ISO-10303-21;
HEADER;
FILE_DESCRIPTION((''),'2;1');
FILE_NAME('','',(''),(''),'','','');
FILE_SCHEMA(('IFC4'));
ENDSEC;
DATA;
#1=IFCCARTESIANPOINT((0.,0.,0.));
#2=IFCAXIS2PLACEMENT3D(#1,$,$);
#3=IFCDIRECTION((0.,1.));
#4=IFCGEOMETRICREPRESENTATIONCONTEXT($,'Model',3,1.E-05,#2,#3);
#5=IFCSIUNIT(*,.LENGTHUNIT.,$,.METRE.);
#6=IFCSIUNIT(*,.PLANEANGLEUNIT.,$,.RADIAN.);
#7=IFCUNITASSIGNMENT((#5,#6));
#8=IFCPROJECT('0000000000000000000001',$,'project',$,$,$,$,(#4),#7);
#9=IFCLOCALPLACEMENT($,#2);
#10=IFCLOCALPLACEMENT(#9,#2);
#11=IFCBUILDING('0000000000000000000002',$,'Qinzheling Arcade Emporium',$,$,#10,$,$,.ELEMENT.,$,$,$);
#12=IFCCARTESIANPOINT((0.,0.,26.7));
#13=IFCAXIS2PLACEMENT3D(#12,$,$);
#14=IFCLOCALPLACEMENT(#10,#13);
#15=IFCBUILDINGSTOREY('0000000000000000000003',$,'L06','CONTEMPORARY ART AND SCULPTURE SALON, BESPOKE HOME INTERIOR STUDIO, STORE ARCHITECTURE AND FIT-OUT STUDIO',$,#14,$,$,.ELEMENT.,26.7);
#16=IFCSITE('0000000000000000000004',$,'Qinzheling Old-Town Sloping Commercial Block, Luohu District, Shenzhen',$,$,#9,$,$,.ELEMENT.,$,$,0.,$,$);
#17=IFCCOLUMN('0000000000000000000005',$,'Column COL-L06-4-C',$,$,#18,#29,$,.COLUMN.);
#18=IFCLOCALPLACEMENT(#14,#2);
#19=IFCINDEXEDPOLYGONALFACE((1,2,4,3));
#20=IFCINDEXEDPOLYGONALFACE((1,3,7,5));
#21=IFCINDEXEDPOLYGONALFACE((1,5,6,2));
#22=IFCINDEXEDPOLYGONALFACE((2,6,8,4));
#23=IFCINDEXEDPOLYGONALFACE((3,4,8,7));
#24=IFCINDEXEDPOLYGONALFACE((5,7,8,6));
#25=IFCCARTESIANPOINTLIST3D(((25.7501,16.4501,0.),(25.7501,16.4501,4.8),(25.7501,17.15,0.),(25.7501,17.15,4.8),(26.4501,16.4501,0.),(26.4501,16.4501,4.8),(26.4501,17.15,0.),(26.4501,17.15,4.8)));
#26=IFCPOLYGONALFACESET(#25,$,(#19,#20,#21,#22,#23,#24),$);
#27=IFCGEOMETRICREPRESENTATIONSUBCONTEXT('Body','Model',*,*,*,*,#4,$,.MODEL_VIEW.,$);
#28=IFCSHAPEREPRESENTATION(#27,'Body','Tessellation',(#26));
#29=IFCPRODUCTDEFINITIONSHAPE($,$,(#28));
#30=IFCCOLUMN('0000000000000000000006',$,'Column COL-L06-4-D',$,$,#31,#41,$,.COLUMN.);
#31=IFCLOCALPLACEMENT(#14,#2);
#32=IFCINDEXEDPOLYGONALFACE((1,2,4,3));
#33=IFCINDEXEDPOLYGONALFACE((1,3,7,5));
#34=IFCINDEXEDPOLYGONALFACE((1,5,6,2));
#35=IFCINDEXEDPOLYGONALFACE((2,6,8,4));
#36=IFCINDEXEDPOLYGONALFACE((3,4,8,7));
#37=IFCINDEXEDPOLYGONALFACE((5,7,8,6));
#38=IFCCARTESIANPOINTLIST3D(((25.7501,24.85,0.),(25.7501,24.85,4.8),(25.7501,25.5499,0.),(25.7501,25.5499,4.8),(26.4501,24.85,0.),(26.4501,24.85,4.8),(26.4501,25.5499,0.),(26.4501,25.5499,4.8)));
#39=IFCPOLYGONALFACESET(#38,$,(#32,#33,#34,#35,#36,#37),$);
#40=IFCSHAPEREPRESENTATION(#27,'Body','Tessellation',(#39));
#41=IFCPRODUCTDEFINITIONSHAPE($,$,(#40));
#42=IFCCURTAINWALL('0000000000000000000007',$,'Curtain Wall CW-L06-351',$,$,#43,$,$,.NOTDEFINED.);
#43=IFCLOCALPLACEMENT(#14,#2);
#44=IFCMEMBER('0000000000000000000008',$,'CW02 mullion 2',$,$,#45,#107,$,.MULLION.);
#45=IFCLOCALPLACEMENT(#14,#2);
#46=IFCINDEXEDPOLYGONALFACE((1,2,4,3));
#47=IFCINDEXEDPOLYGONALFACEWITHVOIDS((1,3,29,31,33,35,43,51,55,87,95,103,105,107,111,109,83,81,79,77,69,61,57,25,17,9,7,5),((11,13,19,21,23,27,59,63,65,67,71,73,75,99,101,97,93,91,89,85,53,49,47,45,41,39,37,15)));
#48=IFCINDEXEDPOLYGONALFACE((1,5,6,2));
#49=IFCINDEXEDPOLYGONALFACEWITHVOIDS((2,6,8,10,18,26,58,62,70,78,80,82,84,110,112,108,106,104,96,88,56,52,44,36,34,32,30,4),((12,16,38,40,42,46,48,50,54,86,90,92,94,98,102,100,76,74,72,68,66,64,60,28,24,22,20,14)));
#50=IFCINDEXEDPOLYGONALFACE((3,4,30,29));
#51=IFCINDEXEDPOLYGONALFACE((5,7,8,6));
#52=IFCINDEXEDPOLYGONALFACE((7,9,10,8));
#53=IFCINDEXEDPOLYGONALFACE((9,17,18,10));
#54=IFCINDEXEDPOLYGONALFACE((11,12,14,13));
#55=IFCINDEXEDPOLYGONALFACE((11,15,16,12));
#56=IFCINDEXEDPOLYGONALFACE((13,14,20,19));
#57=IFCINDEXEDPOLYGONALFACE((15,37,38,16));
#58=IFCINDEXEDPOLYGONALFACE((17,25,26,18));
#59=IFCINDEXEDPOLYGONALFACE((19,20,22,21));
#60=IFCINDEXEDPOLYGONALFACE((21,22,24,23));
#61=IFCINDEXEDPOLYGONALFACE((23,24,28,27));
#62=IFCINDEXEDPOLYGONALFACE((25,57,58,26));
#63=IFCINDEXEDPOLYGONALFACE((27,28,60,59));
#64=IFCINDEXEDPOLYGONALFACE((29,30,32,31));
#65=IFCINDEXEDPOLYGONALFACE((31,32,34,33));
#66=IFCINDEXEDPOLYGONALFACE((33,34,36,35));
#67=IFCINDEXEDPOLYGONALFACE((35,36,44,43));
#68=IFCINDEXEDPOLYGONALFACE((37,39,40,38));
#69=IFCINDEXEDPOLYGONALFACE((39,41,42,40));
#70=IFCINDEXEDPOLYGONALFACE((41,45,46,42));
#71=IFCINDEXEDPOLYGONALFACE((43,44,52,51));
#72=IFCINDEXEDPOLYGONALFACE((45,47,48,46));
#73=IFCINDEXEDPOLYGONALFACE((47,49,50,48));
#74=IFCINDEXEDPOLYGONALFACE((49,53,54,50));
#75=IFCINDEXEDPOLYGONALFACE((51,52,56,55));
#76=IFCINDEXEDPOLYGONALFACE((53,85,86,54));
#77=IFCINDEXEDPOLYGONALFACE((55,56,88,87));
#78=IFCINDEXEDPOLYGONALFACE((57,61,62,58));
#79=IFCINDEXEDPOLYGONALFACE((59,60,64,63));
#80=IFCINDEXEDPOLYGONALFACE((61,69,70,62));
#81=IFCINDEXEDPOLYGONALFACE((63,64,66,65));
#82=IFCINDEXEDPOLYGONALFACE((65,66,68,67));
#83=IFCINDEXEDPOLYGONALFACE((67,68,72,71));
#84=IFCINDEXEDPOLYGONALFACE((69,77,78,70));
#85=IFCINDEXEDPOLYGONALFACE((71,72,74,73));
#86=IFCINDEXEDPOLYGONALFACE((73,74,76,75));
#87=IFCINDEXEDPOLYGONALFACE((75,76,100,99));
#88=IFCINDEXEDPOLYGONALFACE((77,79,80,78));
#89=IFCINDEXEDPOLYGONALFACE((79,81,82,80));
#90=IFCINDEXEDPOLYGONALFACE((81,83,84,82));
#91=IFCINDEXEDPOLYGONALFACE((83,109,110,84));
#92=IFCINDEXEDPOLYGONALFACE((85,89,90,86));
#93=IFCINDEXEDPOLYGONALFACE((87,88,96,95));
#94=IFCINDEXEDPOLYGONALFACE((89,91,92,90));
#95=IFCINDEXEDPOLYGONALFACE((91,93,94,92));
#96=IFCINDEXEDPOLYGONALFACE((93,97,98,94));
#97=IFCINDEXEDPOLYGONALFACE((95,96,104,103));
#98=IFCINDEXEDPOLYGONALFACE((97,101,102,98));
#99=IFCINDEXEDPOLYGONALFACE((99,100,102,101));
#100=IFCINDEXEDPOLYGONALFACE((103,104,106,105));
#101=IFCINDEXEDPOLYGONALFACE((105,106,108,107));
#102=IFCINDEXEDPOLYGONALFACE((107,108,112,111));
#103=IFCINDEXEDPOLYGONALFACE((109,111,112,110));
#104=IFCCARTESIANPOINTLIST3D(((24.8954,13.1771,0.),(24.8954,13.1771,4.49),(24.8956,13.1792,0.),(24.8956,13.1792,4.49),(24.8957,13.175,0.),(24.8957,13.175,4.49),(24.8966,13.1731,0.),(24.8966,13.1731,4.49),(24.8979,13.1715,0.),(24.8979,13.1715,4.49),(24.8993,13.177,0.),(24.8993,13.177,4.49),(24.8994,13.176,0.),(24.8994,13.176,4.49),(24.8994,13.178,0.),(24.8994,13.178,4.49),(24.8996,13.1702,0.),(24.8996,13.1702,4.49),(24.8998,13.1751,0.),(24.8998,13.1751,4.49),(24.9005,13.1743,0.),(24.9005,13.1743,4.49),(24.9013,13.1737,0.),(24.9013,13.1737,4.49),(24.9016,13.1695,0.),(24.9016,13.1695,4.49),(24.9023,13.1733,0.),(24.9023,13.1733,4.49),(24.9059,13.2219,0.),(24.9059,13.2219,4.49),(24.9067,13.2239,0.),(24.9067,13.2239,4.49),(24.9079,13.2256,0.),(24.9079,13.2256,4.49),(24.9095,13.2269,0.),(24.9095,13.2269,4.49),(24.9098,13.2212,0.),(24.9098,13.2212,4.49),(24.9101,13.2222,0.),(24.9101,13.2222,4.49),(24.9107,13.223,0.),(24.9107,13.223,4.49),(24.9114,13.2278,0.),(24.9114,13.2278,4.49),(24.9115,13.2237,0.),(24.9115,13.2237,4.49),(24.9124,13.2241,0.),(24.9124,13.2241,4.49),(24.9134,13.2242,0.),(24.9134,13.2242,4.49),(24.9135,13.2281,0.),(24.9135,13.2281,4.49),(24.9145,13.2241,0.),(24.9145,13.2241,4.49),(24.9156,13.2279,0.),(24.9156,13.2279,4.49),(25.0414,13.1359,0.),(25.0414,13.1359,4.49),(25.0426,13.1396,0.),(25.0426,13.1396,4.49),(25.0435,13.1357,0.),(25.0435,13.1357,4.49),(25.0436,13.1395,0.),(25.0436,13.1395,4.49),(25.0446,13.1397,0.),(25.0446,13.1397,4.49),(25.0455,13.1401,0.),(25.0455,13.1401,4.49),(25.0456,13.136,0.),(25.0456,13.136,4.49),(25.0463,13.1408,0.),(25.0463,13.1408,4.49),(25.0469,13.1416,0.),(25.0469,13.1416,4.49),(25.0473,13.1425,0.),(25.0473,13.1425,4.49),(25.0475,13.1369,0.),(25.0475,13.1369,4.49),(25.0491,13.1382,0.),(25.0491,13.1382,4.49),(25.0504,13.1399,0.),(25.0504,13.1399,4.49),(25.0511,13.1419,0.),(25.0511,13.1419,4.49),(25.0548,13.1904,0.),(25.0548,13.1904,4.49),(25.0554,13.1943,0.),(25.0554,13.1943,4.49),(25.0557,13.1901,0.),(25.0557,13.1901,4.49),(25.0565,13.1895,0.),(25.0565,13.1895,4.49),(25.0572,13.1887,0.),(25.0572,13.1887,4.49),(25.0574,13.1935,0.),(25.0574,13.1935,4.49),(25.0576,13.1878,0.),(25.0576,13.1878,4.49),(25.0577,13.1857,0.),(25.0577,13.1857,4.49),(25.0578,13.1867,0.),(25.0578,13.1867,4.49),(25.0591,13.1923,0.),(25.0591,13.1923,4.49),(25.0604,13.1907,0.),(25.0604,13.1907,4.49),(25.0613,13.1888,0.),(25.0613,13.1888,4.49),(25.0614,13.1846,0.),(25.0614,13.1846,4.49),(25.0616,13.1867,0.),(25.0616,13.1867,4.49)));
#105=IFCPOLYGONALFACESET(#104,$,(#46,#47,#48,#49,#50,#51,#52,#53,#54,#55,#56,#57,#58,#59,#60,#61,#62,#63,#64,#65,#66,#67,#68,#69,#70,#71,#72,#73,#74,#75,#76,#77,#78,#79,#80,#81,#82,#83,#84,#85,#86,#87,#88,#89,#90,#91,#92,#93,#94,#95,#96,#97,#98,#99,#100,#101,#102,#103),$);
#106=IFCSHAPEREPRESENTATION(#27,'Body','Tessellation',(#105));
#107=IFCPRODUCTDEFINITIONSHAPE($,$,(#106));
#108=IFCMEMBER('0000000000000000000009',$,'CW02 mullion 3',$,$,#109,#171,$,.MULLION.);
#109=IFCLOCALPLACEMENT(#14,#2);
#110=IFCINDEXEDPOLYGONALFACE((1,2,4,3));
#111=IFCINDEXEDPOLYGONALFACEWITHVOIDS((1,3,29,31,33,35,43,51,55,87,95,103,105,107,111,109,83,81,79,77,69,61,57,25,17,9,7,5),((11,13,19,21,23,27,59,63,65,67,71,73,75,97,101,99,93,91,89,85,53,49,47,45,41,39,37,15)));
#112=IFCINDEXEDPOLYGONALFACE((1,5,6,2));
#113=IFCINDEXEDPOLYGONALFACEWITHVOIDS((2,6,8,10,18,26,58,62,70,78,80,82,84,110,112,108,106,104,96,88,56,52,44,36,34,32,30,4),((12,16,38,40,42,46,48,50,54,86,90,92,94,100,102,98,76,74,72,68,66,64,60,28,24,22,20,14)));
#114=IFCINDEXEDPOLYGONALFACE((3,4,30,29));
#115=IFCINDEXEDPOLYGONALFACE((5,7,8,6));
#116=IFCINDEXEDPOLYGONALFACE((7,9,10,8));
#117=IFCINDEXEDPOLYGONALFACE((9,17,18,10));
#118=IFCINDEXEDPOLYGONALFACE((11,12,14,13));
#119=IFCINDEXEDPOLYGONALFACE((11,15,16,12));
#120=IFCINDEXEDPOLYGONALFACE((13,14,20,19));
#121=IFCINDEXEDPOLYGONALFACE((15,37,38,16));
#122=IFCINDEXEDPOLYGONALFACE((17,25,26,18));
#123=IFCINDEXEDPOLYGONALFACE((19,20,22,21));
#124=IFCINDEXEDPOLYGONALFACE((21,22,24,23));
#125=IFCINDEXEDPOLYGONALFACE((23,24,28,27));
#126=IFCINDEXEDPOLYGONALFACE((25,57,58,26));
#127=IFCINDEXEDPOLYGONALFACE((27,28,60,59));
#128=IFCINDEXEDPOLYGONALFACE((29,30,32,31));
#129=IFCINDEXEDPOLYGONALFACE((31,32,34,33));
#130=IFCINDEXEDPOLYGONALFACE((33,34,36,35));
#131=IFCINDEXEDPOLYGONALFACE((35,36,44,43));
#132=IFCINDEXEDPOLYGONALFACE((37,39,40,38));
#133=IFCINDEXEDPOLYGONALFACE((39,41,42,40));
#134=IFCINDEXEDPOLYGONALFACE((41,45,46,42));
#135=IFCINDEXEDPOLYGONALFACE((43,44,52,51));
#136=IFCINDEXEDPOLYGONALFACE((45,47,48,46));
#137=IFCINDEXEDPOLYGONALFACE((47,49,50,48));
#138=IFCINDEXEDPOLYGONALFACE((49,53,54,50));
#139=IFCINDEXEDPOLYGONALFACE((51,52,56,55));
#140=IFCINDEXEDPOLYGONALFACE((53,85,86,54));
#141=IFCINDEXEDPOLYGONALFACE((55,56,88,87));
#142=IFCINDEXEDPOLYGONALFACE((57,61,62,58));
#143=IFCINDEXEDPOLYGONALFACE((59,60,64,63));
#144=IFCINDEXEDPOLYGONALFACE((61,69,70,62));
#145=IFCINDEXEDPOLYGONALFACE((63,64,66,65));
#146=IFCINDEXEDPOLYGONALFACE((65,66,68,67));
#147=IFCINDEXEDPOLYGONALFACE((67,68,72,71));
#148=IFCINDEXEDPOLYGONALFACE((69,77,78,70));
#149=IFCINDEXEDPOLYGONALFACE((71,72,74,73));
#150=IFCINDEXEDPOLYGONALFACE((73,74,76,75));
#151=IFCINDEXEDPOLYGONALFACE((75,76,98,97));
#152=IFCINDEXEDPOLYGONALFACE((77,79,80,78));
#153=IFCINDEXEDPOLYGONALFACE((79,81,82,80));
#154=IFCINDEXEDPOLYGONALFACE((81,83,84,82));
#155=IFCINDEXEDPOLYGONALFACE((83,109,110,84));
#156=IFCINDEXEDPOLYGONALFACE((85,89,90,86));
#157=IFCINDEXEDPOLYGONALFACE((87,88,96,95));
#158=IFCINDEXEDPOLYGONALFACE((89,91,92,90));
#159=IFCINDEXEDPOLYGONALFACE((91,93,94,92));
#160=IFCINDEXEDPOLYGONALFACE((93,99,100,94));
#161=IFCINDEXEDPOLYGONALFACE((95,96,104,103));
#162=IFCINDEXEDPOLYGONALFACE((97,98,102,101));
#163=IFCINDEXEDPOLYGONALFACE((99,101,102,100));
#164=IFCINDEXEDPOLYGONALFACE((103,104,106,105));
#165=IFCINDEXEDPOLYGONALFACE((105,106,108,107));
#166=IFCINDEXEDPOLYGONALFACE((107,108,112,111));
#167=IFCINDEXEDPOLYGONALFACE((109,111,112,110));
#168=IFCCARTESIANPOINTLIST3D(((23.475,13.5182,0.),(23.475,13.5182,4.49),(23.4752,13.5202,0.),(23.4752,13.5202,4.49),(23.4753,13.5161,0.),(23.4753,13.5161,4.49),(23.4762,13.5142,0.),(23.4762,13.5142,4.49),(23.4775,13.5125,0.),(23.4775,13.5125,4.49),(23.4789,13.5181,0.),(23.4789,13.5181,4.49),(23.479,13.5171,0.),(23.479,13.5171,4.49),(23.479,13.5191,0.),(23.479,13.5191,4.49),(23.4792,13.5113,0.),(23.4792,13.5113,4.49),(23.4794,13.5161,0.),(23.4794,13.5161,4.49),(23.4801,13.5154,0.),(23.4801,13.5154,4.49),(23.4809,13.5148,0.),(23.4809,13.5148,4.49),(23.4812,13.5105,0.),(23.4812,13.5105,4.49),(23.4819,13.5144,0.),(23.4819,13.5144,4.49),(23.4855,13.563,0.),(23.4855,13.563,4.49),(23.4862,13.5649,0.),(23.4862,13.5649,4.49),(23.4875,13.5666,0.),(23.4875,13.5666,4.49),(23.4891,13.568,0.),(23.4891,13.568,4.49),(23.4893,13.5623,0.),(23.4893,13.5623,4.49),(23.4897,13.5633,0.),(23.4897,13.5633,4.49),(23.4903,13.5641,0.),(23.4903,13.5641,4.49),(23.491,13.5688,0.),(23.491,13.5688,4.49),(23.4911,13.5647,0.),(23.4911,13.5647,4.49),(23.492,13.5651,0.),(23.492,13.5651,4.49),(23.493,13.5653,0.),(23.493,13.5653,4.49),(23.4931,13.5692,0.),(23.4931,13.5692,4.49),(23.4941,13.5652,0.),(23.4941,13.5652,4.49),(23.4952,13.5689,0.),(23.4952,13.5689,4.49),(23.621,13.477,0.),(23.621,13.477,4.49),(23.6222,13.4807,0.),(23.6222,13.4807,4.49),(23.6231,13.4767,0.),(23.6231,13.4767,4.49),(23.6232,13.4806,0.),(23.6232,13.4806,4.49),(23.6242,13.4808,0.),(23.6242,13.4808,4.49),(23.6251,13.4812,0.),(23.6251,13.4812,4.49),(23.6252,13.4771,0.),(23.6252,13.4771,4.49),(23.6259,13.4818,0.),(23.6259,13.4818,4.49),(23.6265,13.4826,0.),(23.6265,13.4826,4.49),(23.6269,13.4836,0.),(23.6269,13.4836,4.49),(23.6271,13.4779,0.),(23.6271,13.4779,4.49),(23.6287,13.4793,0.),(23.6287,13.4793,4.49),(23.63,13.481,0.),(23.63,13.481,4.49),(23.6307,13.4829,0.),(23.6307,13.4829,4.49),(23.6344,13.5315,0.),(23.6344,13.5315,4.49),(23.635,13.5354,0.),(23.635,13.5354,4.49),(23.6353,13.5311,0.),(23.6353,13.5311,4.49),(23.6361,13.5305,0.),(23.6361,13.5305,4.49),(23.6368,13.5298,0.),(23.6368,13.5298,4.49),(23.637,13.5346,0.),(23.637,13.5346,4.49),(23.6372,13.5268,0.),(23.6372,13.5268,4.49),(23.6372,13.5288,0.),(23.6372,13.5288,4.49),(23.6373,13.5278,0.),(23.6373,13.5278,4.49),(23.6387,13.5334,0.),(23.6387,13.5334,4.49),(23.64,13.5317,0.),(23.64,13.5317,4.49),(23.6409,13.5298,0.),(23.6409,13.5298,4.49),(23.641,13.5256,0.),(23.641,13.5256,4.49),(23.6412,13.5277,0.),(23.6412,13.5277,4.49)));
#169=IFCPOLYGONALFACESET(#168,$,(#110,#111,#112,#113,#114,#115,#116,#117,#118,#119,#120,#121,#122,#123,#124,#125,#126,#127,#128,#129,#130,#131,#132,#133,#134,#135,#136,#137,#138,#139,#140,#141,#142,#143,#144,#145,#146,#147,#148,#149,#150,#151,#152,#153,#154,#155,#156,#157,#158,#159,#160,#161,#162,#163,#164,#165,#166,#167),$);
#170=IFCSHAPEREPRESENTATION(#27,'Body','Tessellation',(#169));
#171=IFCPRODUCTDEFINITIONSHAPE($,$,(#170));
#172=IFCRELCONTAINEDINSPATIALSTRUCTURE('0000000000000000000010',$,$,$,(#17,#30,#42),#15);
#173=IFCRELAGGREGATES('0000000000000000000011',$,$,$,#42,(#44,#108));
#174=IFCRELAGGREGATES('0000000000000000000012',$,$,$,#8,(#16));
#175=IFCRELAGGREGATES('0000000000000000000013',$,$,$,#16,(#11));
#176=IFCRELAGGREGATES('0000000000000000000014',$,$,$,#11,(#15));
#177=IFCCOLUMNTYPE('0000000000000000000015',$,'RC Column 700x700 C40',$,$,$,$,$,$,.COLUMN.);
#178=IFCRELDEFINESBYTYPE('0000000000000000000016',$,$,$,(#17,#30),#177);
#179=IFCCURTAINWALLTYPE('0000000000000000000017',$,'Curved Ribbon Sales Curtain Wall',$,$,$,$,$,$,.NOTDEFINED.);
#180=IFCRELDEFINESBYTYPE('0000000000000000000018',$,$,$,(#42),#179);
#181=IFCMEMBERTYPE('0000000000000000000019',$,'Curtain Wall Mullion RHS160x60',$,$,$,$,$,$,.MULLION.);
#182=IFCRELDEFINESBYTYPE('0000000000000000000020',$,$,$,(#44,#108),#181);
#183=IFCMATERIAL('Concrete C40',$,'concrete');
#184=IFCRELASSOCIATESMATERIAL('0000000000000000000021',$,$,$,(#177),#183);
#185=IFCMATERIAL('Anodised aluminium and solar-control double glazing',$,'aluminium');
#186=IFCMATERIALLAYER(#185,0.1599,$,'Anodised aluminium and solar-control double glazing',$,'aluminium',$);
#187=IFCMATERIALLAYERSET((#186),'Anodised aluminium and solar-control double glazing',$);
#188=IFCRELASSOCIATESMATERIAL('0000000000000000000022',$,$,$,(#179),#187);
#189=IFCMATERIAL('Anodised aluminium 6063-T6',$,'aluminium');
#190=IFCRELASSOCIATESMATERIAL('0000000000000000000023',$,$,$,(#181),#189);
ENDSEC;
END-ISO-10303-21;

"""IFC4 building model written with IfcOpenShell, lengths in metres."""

from ifc_helpers import new_model, si_unit, direction, frame, origin, origin_2d, place, context, subcontext, project, spatial, rectangle, hollow_rectangle, extrude, material, layer, layer_set, material_profile, profile_set, type_object, element, aggregate, save


model = new_model("IFC4")

# Units and contexts
model_context = context("Model", 3, precision=1e-05, world=origin(), true_north=direction((0.0, 1.0)))
body_context = subcontext(model_context, "Body", "Model", "MODEL_VIEW")
ifc_project = project(units=[si_unit("LENGTHUNIT", "METRE"), si_unit("PLANEANGLEUNIT", "RADIAN")], contexts=[model_context])

# Site, building, storey
site_placement = place(None, origin())
site = spatial("IfcSite", under=ifc_project, at=site_placement, Name="Qinzheling Old-Town Sloping Commercial Block, Luohu District, Shenzhen", CompositionType="ELEMENT", RefElevation=0.0)
building_placement = place(site_placement, origin())
building = spatial("IfcBuilding", under=site, at=building_placement, Name="Qinzheling Arcade Emporium", CompositionType="ELEMENT")
storey_placement = place(building_placement, frame((0.0, 0.0, 26.7)))
storey = spatial("IfcBuildingStorey", under=building, at=storey_placement, Name="L06", Description="CONTEMPORARY ART AND SCULPTURE SALON, BESPOKE HOME INTERIOR STUDIO, STORE ARCHITECTURE AND FIT-OUT STUDIO", CompositionType="ELEMENT", Elevation=26.7)

# Columns
ifc_material_1 = material(Name="Concrete C40", Category="concrete")
ifc_material_profile_1 = material_profile(ifc_material_1, rectangle(XDim=0.7, YDim=0.7, at=origin_2d()), Name="RC 700x700", Category="concrete")
ifc_profile_set_1 = profile_set([ifc_material_profile_1], Name="Concrete C40")
column_type = type_object("IfcColumnType", Name="RC Column 700x700 C40", PredefinedType="COLUMN", material=ifc_profile_set_1)
for number, where, z_axis, x_axis, name in (
    (1, (26.1001, 16.8, 0.0), (0.0, 0.0, 1.0), (1.0, 0.0, 0.0), "Column COL-L06-4-C"),
    (2, (26.1001, 25.2, 0.0), (0.0, 0.0, 1.0), (1.0, 0.0, 0.0), "Column COL-L06-4-D"),
):
    element("IfcColumn", number, at=place(storey_placement, frame(where, z_axis=z_axis, x_axis=x_axis)), inside=storey, type_object=column_type, Name=name, PredefinedType="COLUMN", context=body_context, shape_type="SweptSolid", body=[
        extrude(rectangle(XDim=0.7, YDim=0.7, at=origin_2d()), origin(), (0.0, 0.0, 1.0), 4.8),
    ])

# Curtain wall, members
ifc_material_2 = material(Name="Anodised aluminium and solar-control double glazing", Category="aluminium")
ifc_layer_1 = layer(ifc_material_2, 0.1599, Name="Anodised aluminium and solar-control double glazing", Category="aluminium")
ifc_layer_set_1 = layer_set([ifc_layer_1], Name="Anodised aluminium and solar-control double glazing")
curtain_wall_type = type_object("IfcCurtainWallType", Name="Curved Ribbon Sales Curtain Wall", PredefinedType="NOTDEFINED", material=ifc_layer_set_1)
curtain_wall_1_placement = place(storey_placement, origin())
curtain_wall_1 = element("IfcCurtainWall", 3, at=curtain_wall_1_placement, inside=storey, type_object=curtain_wall_type, Name="Curtain Wall CW-L06-351", PredefinedType="NOTDEFINED")
ifc_material_3 = material(Name="Anodised aluminium 6063-T6", Category="aluminium")
ifc_material_profile_2 = material_profile(ifc_material_3, hollow_rectangle(XDim=0.0601, YDim=0.1599, WallThickness=0.0039, InnerFilletRadius=0.0039, OuterFilletRadius=0.0081, at=origin_2d()), Name="RHS 160x60x4", Category="aluminium")
ifc_profile_set_2 = profile_set([ifc_material_profile_2], Name="Anodised aluminium 6063-T6")
member_type_1 = type_object("IfcMemberType", Name="Curtain Wall Mullion RHS160x60", PredefinedType="MULLION", material=ifc_profile_set_2)
member_1_placement = place(storey_placement, frame((24.9785, 13.1819, 0.0), z_axis=(0.0, 0.0, 1.0), x_axis=(-0.233449, -0.972369, 0.0)))
member_1 = element("IfcMember", 4, at=member_1_placement, type_object=member_type_1, Name="CW02 mullion 2", PredefinedType="MULLION", context=body_context, shape_type="SweptSolid", body=[
    extrude(hollow_rectangle(XDim=0.0601, YDim=0.1599, WallThickness=0.0039, InnerFilletRadius=0.0039, OuterFilletRadius=0.0081, at=origin_2d()), origin(), (0.0, 0.0, 1.0), 4.49),
])
member_2_placement = place(storey_placement, frame((23.5581, 13.5229, 0.0), z_axis=(0.0, 0.0, 1.0), x_axis=(-0.233449, -0.972369, 0.0)))
member_2 = element("IfcMember", 5, at=member_2_placement, type_object=member_type_1, Name="CW02 mullion 3", PredefinedType="MULLION", context=body_context, shape_type="SweptSolid", body=[
    extrude(hollow_rectangle(XDim=0.0601, YDim=0.1599, WallThickness=0.0039, InnerFilletRadius=0.0039, OuterFilletRadius=0.0081, at=origin_2d()), origin(), (0.0, 0.0, 1.0), 4.49),
])

aggregate(curtain_wall_1, [member_1, member_2])

save(model, "model.ifc")
